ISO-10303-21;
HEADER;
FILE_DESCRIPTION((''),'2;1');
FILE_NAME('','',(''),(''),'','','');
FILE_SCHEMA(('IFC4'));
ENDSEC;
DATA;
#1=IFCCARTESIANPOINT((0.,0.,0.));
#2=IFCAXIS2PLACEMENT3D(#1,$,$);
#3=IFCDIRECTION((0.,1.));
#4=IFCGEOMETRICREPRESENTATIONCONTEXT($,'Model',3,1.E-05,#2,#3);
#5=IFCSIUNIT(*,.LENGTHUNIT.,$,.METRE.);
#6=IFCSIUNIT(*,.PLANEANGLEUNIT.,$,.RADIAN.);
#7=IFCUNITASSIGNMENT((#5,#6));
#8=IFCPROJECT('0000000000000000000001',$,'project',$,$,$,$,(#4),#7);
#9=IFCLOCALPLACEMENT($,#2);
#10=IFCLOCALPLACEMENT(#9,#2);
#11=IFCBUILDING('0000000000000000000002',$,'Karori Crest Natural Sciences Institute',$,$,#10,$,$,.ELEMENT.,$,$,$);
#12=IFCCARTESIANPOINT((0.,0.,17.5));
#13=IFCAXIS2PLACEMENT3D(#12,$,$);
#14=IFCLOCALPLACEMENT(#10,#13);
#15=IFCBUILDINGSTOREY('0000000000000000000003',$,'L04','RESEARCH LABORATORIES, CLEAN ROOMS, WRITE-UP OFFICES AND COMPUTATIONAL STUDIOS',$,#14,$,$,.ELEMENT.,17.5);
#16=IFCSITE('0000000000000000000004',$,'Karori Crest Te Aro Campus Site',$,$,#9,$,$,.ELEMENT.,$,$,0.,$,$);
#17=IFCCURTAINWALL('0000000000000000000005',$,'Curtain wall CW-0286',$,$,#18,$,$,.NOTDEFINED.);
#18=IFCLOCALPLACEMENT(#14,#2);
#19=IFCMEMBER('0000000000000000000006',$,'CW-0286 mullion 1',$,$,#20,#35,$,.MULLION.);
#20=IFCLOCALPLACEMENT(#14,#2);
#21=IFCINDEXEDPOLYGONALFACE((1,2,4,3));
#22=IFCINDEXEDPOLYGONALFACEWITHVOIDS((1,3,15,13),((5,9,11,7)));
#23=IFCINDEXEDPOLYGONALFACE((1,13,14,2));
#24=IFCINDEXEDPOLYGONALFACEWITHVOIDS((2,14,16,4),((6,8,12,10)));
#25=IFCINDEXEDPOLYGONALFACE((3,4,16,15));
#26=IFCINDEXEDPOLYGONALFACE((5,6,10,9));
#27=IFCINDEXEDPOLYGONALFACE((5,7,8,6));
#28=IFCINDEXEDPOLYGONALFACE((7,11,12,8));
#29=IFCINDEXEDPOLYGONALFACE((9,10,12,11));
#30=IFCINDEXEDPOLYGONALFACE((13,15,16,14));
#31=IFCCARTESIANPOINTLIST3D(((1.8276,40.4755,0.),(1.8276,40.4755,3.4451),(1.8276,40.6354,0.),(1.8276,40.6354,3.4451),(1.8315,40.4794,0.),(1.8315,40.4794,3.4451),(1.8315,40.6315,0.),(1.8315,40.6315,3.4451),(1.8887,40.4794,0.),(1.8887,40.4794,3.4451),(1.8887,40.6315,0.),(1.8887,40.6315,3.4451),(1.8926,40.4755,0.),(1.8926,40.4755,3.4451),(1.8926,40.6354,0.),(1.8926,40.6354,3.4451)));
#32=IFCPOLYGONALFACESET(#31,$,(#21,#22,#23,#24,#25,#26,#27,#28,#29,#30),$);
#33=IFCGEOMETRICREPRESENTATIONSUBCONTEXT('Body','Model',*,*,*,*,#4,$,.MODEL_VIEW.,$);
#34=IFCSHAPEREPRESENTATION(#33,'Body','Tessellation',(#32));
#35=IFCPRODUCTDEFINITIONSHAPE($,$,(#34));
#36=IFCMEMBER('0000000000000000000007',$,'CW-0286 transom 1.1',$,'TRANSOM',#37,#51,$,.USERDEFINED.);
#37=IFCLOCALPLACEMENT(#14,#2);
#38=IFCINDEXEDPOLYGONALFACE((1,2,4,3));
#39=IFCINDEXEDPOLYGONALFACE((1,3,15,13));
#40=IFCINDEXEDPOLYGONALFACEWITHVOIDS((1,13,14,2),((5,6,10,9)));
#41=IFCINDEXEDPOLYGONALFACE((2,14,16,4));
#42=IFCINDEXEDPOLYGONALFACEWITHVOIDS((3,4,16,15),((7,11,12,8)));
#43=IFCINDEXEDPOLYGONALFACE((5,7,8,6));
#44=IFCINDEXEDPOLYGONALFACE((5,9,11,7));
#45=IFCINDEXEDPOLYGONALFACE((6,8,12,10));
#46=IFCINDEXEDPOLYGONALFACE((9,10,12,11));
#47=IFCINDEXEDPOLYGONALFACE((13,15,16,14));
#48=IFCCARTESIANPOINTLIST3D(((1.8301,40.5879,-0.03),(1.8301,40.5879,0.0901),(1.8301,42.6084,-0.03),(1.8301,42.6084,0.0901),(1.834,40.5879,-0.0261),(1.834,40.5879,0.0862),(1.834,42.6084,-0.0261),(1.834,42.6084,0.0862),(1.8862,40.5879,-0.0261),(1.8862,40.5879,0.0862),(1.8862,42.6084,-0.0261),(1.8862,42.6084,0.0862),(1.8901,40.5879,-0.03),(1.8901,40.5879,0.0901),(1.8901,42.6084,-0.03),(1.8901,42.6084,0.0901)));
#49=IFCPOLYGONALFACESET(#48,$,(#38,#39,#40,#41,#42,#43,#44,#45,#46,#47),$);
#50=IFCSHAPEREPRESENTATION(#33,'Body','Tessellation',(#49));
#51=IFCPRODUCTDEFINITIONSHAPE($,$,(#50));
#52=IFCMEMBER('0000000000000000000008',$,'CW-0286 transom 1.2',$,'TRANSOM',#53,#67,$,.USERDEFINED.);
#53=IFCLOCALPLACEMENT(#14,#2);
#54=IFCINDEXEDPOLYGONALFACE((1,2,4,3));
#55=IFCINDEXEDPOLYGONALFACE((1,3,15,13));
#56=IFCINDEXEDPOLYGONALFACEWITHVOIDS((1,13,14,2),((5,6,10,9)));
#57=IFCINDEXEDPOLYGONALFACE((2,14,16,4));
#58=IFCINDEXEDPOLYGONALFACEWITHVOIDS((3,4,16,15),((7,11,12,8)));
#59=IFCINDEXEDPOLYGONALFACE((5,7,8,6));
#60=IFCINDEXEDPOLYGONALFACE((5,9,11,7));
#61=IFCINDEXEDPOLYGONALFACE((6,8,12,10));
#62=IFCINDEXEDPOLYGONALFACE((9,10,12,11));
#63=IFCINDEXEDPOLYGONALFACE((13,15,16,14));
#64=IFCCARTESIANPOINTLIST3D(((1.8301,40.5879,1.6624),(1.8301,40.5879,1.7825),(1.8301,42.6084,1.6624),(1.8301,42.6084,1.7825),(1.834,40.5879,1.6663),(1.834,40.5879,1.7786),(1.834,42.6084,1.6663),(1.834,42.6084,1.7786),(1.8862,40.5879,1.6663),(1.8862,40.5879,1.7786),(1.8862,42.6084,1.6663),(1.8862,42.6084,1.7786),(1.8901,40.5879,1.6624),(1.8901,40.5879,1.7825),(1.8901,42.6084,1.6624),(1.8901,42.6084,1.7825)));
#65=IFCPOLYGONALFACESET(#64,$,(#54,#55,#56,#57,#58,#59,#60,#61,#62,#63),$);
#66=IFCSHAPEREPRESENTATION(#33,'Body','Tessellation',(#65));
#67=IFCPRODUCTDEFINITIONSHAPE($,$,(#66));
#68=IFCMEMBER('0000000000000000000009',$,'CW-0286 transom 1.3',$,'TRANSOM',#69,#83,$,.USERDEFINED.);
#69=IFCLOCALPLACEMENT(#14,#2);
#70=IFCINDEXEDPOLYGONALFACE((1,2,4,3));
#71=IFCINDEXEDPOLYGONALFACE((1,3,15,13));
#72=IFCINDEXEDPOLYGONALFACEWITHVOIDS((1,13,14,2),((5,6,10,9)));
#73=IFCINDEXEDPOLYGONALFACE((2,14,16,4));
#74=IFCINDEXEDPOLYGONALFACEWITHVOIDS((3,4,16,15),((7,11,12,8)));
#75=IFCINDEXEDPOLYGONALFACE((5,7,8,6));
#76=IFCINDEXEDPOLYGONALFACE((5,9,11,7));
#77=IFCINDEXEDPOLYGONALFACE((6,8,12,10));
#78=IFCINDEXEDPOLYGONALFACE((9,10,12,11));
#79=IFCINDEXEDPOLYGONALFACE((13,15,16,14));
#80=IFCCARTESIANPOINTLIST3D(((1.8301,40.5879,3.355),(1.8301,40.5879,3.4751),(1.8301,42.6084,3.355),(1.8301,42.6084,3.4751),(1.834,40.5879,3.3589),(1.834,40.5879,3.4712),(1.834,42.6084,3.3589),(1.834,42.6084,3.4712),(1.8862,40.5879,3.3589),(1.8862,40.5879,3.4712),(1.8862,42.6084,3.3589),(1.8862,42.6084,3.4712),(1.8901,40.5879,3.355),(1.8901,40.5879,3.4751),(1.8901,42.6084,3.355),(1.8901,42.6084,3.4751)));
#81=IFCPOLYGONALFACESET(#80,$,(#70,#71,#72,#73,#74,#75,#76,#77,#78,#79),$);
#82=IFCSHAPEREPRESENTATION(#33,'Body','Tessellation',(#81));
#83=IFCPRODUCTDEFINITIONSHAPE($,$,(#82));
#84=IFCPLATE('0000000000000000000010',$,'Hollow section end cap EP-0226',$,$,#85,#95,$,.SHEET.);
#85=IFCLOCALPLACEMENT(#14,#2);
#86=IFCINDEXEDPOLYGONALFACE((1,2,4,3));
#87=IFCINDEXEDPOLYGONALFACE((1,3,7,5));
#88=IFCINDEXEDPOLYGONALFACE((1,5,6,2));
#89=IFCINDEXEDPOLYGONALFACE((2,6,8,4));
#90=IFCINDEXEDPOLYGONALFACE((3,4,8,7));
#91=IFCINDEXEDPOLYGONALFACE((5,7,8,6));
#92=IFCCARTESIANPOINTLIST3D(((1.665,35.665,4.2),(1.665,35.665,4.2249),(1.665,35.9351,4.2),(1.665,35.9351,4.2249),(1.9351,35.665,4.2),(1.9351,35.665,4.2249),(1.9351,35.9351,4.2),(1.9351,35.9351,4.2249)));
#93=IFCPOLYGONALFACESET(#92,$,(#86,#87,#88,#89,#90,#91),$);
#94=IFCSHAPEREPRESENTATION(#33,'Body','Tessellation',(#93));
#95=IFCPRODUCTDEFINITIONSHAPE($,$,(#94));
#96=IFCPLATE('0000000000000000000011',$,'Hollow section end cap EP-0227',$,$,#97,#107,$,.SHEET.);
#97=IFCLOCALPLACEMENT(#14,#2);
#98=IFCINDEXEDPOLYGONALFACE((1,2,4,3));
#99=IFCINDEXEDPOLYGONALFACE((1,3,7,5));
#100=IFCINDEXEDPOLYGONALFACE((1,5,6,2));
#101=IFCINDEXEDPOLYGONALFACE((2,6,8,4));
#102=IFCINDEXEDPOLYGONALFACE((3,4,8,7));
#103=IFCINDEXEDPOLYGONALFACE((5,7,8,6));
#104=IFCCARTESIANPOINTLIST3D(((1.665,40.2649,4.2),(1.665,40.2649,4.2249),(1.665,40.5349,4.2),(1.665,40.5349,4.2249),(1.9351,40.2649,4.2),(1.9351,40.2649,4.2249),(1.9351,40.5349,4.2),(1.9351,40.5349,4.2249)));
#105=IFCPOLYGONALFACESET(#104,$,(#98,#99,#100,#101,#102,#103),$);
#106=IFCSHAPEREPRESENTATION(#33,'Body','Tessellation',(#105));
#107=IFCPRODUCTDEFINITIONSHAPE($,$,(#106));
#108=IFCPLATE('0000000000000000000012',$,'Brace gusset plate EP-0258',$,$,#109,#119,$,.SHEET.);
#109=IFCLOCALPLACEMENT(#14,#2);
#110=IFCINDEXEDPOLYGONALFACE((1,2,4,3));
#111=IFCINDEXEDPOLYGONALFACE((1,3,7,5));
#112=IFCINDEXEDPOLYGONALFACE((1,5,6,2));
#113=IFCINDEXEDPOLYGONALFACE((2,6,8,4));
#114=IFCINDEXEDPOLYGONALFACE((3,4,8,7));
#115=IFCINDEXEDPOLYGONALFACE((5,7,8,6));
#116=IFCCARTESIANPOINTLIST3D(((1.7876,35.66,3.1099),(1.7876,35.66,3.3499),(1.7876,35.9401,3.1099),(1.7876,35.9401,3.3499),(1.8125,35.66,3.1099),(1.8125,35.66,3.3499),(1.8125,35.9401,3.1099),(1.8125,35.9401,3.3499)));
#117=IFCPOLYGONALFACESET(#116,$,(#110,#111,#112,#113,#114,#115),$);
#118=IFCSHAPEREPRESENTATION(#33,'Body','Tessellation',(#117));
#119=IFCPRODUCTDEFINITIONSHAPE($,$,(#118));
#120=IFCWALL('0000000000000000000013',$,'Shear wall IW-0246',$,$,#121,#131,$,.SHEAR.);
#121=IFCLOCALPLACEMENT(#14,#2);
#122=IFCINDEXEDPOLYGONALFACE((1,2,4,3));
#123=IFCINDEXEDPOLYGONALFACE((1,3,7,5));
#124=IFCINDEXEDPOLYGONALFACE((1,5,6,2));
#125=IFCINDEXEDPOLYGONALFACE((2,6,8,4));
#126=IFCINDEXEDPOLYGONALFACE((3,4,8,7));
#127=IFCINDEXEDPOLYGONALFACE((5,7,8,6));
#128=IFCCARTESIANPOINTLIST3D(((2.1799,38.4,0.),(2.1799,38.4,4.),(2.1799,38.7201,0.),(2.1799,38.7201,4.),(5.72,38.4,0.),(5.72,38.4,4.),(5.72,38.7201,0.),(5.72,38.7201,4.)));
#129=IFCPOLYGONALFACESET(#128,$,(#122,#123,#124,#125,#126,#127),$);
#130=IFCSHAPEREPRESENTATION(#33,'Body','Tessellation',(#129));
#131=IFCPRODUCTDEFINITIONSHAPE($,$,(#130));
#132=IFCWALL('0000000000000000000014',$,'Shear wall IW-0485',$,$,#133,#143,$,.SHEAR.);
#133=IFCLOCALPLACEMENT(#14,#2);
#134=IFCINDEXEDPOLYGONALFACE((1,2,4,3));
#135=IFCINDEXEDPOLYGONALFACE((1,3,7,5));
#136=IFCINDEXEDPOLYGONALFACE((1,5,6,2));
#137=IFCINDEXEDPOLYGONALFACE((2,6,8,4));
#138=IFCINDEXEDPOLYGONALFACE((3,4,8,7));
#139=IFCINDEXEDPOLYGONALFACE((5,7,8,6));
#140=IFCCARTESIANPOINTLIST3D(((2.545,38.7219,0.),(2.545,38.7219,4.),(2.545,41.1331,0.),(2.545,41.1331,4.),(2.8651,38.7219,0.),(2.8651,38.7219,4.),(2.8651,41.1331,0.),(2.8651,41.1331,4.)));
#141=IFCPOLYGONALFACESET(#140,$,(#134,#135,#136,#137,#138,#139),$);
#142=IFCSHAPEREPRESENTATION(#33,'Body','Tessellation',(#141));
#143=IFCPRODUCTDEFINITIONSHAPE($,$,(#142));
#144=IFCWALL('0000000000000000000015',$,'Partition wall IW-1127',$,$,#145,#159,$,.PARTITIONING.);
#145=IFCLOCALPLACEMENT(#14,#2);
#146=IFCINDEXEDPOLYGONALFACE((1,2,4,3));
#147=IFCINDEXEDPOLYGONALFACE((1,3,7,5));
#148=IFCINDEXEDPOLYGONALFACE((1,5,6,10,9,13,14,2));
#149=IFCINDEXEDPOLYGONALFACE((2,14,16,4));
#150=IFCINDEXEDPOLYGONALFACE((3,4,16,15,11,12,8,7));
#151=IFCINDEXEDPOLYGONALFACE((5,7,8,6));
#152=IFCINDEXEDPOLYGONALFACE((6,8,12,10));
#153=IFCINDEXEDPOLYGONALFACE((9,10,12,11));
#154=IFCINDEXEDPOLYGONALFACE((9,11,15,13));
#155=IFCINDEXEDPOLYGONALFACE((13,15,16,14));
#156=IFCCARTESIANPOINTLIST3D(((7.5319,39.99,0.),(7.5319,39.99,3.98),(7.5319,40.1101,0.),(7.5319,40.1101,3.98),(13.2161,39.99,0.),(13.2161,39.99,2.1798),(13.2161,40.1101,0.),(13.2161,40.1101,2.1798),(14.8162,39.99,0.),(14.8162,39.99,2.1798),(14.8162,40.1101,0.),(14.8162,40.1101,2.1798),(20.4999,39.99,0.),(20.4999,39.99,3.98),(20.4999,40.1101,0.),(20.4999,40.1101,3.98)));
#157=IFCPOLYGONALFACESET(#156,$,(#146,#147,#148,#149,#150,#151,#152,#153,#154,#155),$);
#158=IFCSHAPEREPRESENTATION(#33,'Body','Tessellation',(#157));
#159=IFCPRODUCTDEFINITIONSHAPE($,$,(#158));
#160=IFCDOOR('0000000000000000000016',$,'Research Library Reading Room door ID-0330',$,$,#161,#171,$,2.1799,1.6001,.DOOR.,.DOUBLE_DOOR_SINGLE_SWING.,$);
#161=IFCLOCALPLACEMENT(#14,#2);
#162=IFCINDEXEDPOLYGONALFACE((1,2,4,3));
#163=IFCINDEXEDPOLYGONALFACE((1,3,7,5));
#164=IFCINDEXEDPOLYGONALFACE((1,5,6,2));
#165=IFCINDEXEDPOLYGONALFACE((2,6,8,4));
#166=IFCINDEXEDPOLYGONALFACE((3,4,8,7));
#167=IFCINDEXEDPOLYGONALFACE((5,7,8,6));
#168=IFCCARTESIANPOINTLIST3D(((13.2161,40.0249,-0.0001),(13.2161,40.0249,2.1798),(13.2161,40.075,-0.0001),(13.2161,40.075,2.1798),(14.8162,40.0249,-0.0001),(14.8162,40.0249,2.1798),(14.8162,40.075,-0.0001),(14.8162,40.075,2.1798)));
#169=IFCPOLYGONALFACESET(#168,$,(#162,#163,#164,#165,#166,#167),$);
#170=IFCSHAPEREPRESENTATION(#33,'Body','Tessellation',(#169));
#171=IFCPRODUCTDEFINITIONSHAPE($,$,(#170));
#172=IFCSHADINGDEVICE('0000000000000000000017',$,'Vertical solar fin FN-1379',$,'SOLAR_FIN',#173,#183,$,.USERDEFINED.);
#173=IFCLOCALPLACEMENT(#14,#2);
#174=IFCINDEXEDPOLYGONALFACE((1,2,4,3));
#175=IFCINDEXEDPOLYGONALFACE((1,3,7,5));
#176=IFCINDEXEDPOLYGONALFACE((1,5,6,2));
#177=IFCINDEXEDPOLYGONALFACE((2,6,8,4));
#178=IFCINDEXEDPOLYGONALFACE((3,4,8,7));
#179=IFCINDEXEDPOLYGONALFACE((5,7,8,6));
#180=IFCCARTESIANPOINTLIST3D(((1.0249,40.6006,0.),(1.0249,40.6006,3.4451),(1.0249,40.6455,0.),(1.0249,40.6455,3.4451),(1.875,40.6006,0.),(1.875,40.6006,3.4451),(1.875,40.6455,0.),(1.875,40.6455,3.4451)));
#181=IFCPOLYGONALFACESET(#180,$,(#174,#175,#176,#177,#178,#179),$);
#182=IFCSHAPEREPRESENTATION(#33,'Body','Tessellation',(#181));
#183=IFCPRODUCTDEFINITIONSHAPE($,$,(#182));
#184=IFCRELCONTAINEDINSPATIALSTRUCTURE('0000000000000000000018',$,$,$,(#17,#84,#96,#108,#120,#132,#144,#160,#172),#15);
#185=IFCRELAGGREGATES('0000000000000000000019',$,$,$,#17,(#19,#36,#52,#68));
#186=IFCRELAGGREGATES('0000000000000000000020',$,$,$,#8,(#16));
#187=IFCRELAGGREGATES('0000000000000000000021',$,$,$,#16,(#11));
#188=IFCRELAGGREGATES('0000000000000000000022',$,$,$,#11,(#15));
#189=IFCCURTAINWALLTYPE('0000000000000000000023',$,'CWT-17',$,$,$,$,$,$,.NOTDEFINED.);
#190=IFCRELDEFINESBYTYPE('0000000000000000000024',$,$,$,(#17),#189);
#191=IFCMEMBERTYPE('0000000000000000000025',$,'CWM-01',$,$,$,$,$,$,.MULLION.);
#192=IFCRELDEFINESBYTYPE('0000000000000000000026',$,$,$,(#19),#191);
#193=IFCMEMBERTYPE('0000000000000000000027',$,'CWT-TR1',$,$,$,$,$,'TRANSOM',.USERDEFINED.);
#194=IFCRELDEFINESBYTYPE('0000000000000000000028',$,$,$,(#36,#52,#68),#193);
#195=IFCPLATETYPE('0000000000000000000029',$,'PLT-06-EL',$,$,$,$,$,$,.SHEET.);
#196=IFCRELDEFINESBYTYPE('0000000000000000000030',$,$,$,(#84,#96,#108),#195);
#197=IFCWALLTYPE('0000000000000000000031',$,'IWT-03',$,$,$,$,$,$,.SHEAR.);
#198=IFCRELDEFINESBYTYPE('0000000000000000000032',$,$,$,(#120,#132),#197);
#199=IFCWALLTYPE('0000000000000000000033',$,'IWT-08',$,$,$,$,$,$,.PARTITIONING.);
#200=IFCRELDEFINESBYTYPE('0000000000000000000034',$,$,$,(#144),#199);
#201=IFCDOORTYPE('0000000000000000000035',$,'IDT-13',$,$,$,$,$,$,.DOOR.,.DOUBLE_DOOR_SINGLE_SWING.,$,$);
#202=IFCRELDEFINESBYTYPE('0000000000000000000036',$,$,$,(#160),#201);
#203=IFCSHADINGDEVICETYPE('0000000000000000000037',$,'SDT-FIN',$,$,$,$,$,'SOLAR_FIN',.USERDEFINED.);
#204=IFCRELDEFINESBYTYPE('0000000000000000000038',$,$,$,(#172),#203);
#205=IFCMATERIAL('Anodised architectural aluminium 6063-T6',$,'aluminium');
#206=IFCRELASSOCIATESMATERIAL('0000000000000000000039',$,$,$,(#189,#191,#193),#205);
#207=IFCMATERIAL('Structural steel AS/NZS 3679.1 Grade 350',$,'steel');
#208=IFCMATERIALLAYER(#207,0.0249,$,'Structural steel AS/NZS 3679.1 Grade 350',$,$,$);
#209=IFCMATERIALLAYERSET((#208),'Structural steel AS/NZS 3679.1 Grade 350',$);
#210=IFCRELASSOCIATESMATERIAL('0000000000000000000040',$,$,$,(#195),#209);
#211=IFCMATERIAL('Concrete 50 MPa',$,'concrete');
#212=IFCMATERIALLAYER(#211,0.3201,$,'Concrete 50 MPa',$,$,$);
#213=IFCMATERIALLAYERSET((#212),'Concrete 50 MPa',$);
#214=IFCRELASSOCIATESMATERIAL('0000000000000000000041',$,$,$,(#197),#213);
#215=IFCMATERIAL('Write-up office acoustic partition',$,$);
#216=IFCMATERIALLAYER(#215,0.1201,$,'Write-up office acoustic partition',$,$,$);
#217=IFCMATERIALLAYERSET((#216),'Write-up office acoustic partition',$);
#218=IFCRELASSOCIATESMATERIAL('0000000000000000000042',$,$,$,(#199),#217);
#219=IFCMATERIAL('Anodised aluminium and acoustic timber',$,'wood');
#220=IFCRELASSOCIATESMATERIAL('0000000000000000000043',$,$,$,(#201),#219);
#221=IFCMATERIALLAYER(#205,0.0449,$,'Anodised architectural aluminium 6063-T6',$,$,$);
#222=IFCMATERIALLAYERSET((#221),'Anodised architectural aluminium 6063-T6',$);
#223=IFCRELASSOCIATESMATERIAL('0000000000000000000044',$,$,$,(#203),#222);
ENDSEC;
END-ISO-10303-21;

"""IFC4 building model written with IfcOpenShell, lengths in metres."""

from ifc_helpers import new_model, si_unit, direction, frame, frame_2d, origin, origin_2d, place, context, subcontext, project, spatial, rectangle, hollow_rectangle, extrude, material, layer, layer_set, material_profile, profile_set, type_object, element, fill, aggregate, save


model = new_model("IFC4")

# Units and contexts
model_context = context("Model", 3, precision=1e-05, world=origin(), true_north=direction((0.0, 1.0)))
body_context = subcontext(model_context, "Body", "Model", "MODEL_VIEW")
ifc_project = project(units=[si_unit("LENGTHUNIT", "METRE"), si_unit("PLANEANGLEUNIT", "RADIAN")], contexts=[model_context])

# Site, building, storey
site_placement = place(None, origin())
site = spatial("IfcSite", under=ifc_project, at=site_placement, Name="Karori Crest Te Aro Campus Site", CompositionType="ELEMENT", RefElevation=0.0)
building_placement = place(site_placement, origin())
building = spatial("IfcBuilding", under=site, at=building_placement, Name="Karori Crest Natural Sciences Institute", CompositionType="ELEMENT")
storey_placement = place(building_placement, frame((0.0, 0.0, 17.5)))
storey = spatial("IfcBuildingStorey", under=building, at=storey_placement, Name="L04", Description="RESEARCH LABORATORIES, CLEAN ROOMS, WRITE-UP OFFICES AND COMPUTATIONAL STUDIOS", CompositionType="ELEMENT", Elevation=17.5)

# Shared definitions
ifc_material_1 = material(Name="Structural steel AS/NZS 3679.1 Grade 350", Category="steel")

# Curtain wall, members
ifc_material_2 = material(Name="Anodised architectural aluminium 6063-T6", Category="aluminium")
curtain_wall_type = type_object("IfcCurtainWallType", Name="CWT-17", PredefinedType="NOTDEFINED", material=ifc_material_2)
curtain_wall_placement = place(storey_placement, origin())
curtain_wall = element("IfcCurtainWall", 1, at=curtain_wall_placement, inside=storey, type_object=curtain_wall_type, Name="Curtain wall CW-0286", PredefinedType="NOTDEFINED")
ifc_material_profile_1 = material_profile(ifc_material_2, hollow_rectangle(XDim=0.0649, YDim=0.1599, WallThickness=0.0039, at=origin_2d()), Name="CWM160x65x4")
ifc_profile_set_1 = profile_set([ifc_material_profile_1], Name="Anodised architectural aluminium 6063-T6")
member_type_1 = type_object("IfcMemberType", Name="CWM-01", PredefinedType="MULLION", material=ifc_profile_set_1)
member_1_placement = place(storey_placement, frame((1.8601, 40.5554, 0.0), z_axis=(0.0, 0.0, 1.0), x_axis=(-1.0, 0.0, 0.0)))
member_1 = element("IfcMember", 2, at=member_1_placement, type_object=member_type_1, Name="CW-0286 mullion 1", PredefinedType="MULLION", context=body_context, shape_type="SweptSolid", body=[
    extrude(hollow_rectangle(XDim=0.0649, YDim=0.1599, WallThickness=0.0039, at=origin_2d()), origin(), (0.0, 0.0, 1.0), 3.4451),
])
ifc_material_profile_2 = material_profile(ifc_material_2, hollow_rectangle(XDim=0.0601, YDim=0.1201, WallThickness=0.0039, at=origin_2d()), Name="CWT120x60x4")
ifc_profile_set_2 = profile_set([ifc_material_profile_2], Name="Anodised architectural aluminium 6063-T6")
member_type_2 = type_object("IfcMemberType", Name="CWT-TR1", ElementType="TRANSOM", PredefinedType="USERDEFINED", material=ifc_profile_set_2)
member_2_placement = place(storey_placement, frame((1.8601, 40.5879, 0.03), z_axis=(0.0, 1.0, 0.0), x_axis=(-1.0, 0.0, 0.0)))
member_2 = element("IfcMember", 3, at=member_2_placement, type_object=member_type_2, Name="CW-0286 transom 1.1", ObjectType="TRANSOM", PredefinedType="USERDEFINED", context=body_context, shape_type="SweptSolid", body=[
    extrude(hollow_rectangle(XDim=0.0601, YDim=0.1201, WallThickness=0.0039, at=origin_2d()), origin(), (0.0, 0.0, 1.0), 2.0205),
])
member_3_placement = place(storey_placement, frame((1.8601, 40.5879, 1.7224), z_axis=(0.0, 1.0, 0.0), x_axis=(-1.0, 0.0, 0.0)))
member_3 = element("IfcMember", 4, at=member_3_placement, type_object=member_type_2, Name="CW-0286 transom 1.2", ObjectType="TRANSOM", PredefinedType="USERDEFINED", context=body_context, shape_type="SweptSolid", body=[
    extrude(hollow_rectangle(XDim=0.0601, YDim=0.1201, WallThickness=0.0039, at=origin_2d()), origin(), (0.0, 0.0, 1.0), 2.0205),
])
member_4_placement = place(storey_placement, frame((1.8601, 40.5879, 3.415), z_axis=(0.0, 1.0, 0.0), x_axis=(-1.0, 0.0, 0.0)))
member_4 = element("IfcMember", 5, at=member_4_placement, type_object=member_type_2, Name="CW-0286 transom 1.3", ObjectType="TRANSOM", PredefinedType="USERDEFINED", context=body_context, shape_type="SweptSolid", body=[
    extrude(hollow_rectangle(XDim=0.0601, YDim=0.1201, WallThickness=0.0039, at=origin_2d()), origin(), (0.0, 0.0, 1.0), 2.0205),
])
aggregate(curtain_wall, [member_1, member_2, member_3, member_4])

# Plates
ifc_layer_1 = layer(ifc_material_1, 0.0249, Name="Structural steel AS/NZS 3679.1 Grade 350")
ifc_layer_set_1 = layer_set([ifc_layer_1], Name="Structural steel AS/NZS 3679.1 Grade 350")
plate_type = type_object("IfcPlateType", Name="PLT-06-EL", PredefinedType="SHEET", material=ifc_layer_set_1)
for number, where, z_axis, x_axis, name in (
    (6, (1.8, 35.8, 4.2), (0.0, 0.0, 1.0), (1.0, 0.0, 0.0), "Hollow section end cap EP-0226"),
    (7, (1.8, 40.3999, 4.2), (0.0, 0.0, 1.0), (1.0, 0.0, 0.0), "Hollow section end cap EP-0227"),
):
    element("IfcPlate", number, at=place(storey_placement, frame(where, z_axis=z_axis, x_axis=x_axis)), inside=storey, type_object=plate_type, Name=name, PredefinedType="SHEET", context=body_context, shape_type="SweptSolid", body=[
        extrude(rectangle(XDim=0.27, YDim=0.27, at=origin_2d()), origin(), (0.0, 0.0, 1.0), 0.0249),
    ])
plate_placement = place(storey_placement, frame((1.8, 35.8, 3.1099), z_axis=(0.0, 0.0, 1.0), x_axis=(0.0, 1.0, 0.0)))
element("IfcPlate", 8, at=plate_placement, inside=storey, type_object=plate_type, Name="Brace gusset plate EP-0258", PredefinedType="SHEET", context=body_context, shape_type="SweptSolid", body=[
    extrude(rectangle(XDim=0.28, YDim=0.0249, at=origin_2d()), origin(), (0.0, 0.0, 1.0), 0.24),
])

# Walls
ifc_material_3 = material(Name="Concrete 50 MPa", Category="concrete")
ifc_layer_2 = layer(ifc_material_3, 0.3201, Name="Concrete 50 MPa")
ifc_layer_set_2 = layer_set([ifc_layer_2], Name="Concrete 50 MPa")
wall_type_1 = type_object("IfcWallType", Name="IWT-03", PredefinedType="SHEAR", material=ifc_layer_set_2)
wall_1_placement = place(storey_placement, frame((2.1799, 38.5601, 0.0), z_axis=(0.0, 0.0, 1.0), x_axis=(1.0, 0.0, 0.0)))
element("IfcWall", 9, at=wall_1_placement, inside=storey, type_object=wall_type_1, Name="Shear wall IW-0246", PredefinedType="SHEAR", context=body_context, shape_type="SweptSolid", body=[
    extrude(rectangle(XDim=3.54, YDim=0.3201, at=frame_2d((1.77, 0.0))), origin(), (0.0, 0.0, 1.0), 4.0),
])
wall_2_placement = place(storey_placement, frame((2.7051, 38.7219, 0.0), z_axis=(0.0, 0.0, 1.0), x_axis=(0.0, 1.0, 0.0)))
element("IfcWall", 10, at=wall_2_placement, inside=storey, type_object=wall_type_1, Name="Shear wall IW-0485", PredefinedType="SHEAR", context=body_context, shape_type="SweptSolid", body=[
    extrude(rectangle(XDim=2.4111, YDim=0.3201, at=frame_2d((1.2056, 0.0))), origin(), (0.0, 0.0, 1.0), 4.0),
])

# Wall, opening, door
ifc_material_4 = material(Name="Write-up office acoustic partition")
ifc_layer_3 = layer(ifc_material_4, 0.1201, Name="Write-up office acoustic partition")
ifc_layer_set_3 = layer_set([ifc_layer_3], Name="Write-up office acoustic partition")
wall_type_2 = type_object("IfcWallType", Name="IWT-08", PredefinedType="PARTITIONING", material=ifc_layer_set_3)
wall_3_placement = place(storey_placement, frame((7.532, 40.05, 0.0), z_axis=(0.0, 0.0, 1.0), x_axis=(1.0, 0.0, 0.0)))
wall_3 = element("IfcWall", 11, at=wall_3_placement, inside=storey, type_object=wall_type_2, Name="Partition wall IW-1127", PredefinedType="PARTITIONING", context=body_context, shape_type="SweptSolid", body=[
    extrude(rectangle(XDim=12.968, YDim=0.1201, at=frame_2d((6.4839, 0.0))), origin(), (0.0, 0.0, 1.0), 3.98),
])
opening_1_placement = place(wall_3_placement, frame((5.6841, 0.0, 0.0)))
opening_1 = element("IfcOpeningElement", 12, at=opening_1_placement, cuts=wall_3, PredefinedType="OPENING", context=body_context, shape_type="SweptSolid", body=[
    extrude(rectangle(XDim=1.6001, YDim=2.1799, at=frame_2d((0.8, 1.0898))), frame((0.0, 0.0701, 0.0), z_axis=(0.0, -1.0, 0.0), x_axis=(1.0, 0.0, 0.0)), (0.0, 0.0, 1.0), 0.1401),
])
ifc_material_5 = material(Name="Anodised aluminium and acoustic timber", Category="wood")
door_type_1 = type_object("IfcDoorType", Name="IDT-13", OperationType="DOUBLE_DOOR_SINGLE_SWING", PredefinedType="DOOR", material=ifc_material_5)
door_1_placement = place(opening_1_placement, origin())
door_1 = element("IfcDoor", 13, at=door_1_placement, inside=storey, type_object=door_type_1, Name="Research Library Reading Room door ID-0330", OperationType="DOUBLE_DOOR_SINGLE_SWING", OverallHeight=2.1799, OverallWidth=1.6001, PredefinedType="DOOR", context=body_context, shape_type="SweptSolid", body=[
    extrude(rectangle(XDim=1.6001, YDim=2.1799, at=frame_2d((0.8, 1.0898))), frame((0.0, 0.0249, 0.0), z_axis=(0.0, -1.0, 0.0), x_axis=(1.0, 0.0, 0.0)), (0.0, 0.0, 1.0), 0.05),
])
fill(opening_1, door_1)

# Shading device
ifc_layer_4 = layer(ifc_material_2, 0.0449, Name="Anodised architectural aluminium 6063-T6")
ifc_layer_set_4 = layer_set([ifc_layer_4], Name="Anodised architectural aluminium 6063-T6")
shading_device_type = type_object("IfcShadingDeviceType", Name="SDT-FIN", ElementType="SOLAR_FIN", PredefinedType="USERDEFINED", material=ifc_layer_set_4)
shading_device_placement = place(storey_placement, frame((1.45, 40.623, 0.0), z_axis=(0.0, 0.0, 1.0), x_axis=(-1.0, 0.0, 0.0)))
element("IfcShadingDevice", 14, at=shading_device_placement, inside=storey, type_object=shading_device_type, Name="Vertical solar fin FN-1379", ObjectType="SOLAR_FIN", PredefinedType="USERDEFINED", context=body_context, shape_type="SweptSolid", body=[
    extrude(rectangle(XDim=0.8501, YDim=0.0449, at=origin_2d()), origin(), (0.0, 0.0, 1.0), 3.4451),
])

save(model, "model.ifc")
